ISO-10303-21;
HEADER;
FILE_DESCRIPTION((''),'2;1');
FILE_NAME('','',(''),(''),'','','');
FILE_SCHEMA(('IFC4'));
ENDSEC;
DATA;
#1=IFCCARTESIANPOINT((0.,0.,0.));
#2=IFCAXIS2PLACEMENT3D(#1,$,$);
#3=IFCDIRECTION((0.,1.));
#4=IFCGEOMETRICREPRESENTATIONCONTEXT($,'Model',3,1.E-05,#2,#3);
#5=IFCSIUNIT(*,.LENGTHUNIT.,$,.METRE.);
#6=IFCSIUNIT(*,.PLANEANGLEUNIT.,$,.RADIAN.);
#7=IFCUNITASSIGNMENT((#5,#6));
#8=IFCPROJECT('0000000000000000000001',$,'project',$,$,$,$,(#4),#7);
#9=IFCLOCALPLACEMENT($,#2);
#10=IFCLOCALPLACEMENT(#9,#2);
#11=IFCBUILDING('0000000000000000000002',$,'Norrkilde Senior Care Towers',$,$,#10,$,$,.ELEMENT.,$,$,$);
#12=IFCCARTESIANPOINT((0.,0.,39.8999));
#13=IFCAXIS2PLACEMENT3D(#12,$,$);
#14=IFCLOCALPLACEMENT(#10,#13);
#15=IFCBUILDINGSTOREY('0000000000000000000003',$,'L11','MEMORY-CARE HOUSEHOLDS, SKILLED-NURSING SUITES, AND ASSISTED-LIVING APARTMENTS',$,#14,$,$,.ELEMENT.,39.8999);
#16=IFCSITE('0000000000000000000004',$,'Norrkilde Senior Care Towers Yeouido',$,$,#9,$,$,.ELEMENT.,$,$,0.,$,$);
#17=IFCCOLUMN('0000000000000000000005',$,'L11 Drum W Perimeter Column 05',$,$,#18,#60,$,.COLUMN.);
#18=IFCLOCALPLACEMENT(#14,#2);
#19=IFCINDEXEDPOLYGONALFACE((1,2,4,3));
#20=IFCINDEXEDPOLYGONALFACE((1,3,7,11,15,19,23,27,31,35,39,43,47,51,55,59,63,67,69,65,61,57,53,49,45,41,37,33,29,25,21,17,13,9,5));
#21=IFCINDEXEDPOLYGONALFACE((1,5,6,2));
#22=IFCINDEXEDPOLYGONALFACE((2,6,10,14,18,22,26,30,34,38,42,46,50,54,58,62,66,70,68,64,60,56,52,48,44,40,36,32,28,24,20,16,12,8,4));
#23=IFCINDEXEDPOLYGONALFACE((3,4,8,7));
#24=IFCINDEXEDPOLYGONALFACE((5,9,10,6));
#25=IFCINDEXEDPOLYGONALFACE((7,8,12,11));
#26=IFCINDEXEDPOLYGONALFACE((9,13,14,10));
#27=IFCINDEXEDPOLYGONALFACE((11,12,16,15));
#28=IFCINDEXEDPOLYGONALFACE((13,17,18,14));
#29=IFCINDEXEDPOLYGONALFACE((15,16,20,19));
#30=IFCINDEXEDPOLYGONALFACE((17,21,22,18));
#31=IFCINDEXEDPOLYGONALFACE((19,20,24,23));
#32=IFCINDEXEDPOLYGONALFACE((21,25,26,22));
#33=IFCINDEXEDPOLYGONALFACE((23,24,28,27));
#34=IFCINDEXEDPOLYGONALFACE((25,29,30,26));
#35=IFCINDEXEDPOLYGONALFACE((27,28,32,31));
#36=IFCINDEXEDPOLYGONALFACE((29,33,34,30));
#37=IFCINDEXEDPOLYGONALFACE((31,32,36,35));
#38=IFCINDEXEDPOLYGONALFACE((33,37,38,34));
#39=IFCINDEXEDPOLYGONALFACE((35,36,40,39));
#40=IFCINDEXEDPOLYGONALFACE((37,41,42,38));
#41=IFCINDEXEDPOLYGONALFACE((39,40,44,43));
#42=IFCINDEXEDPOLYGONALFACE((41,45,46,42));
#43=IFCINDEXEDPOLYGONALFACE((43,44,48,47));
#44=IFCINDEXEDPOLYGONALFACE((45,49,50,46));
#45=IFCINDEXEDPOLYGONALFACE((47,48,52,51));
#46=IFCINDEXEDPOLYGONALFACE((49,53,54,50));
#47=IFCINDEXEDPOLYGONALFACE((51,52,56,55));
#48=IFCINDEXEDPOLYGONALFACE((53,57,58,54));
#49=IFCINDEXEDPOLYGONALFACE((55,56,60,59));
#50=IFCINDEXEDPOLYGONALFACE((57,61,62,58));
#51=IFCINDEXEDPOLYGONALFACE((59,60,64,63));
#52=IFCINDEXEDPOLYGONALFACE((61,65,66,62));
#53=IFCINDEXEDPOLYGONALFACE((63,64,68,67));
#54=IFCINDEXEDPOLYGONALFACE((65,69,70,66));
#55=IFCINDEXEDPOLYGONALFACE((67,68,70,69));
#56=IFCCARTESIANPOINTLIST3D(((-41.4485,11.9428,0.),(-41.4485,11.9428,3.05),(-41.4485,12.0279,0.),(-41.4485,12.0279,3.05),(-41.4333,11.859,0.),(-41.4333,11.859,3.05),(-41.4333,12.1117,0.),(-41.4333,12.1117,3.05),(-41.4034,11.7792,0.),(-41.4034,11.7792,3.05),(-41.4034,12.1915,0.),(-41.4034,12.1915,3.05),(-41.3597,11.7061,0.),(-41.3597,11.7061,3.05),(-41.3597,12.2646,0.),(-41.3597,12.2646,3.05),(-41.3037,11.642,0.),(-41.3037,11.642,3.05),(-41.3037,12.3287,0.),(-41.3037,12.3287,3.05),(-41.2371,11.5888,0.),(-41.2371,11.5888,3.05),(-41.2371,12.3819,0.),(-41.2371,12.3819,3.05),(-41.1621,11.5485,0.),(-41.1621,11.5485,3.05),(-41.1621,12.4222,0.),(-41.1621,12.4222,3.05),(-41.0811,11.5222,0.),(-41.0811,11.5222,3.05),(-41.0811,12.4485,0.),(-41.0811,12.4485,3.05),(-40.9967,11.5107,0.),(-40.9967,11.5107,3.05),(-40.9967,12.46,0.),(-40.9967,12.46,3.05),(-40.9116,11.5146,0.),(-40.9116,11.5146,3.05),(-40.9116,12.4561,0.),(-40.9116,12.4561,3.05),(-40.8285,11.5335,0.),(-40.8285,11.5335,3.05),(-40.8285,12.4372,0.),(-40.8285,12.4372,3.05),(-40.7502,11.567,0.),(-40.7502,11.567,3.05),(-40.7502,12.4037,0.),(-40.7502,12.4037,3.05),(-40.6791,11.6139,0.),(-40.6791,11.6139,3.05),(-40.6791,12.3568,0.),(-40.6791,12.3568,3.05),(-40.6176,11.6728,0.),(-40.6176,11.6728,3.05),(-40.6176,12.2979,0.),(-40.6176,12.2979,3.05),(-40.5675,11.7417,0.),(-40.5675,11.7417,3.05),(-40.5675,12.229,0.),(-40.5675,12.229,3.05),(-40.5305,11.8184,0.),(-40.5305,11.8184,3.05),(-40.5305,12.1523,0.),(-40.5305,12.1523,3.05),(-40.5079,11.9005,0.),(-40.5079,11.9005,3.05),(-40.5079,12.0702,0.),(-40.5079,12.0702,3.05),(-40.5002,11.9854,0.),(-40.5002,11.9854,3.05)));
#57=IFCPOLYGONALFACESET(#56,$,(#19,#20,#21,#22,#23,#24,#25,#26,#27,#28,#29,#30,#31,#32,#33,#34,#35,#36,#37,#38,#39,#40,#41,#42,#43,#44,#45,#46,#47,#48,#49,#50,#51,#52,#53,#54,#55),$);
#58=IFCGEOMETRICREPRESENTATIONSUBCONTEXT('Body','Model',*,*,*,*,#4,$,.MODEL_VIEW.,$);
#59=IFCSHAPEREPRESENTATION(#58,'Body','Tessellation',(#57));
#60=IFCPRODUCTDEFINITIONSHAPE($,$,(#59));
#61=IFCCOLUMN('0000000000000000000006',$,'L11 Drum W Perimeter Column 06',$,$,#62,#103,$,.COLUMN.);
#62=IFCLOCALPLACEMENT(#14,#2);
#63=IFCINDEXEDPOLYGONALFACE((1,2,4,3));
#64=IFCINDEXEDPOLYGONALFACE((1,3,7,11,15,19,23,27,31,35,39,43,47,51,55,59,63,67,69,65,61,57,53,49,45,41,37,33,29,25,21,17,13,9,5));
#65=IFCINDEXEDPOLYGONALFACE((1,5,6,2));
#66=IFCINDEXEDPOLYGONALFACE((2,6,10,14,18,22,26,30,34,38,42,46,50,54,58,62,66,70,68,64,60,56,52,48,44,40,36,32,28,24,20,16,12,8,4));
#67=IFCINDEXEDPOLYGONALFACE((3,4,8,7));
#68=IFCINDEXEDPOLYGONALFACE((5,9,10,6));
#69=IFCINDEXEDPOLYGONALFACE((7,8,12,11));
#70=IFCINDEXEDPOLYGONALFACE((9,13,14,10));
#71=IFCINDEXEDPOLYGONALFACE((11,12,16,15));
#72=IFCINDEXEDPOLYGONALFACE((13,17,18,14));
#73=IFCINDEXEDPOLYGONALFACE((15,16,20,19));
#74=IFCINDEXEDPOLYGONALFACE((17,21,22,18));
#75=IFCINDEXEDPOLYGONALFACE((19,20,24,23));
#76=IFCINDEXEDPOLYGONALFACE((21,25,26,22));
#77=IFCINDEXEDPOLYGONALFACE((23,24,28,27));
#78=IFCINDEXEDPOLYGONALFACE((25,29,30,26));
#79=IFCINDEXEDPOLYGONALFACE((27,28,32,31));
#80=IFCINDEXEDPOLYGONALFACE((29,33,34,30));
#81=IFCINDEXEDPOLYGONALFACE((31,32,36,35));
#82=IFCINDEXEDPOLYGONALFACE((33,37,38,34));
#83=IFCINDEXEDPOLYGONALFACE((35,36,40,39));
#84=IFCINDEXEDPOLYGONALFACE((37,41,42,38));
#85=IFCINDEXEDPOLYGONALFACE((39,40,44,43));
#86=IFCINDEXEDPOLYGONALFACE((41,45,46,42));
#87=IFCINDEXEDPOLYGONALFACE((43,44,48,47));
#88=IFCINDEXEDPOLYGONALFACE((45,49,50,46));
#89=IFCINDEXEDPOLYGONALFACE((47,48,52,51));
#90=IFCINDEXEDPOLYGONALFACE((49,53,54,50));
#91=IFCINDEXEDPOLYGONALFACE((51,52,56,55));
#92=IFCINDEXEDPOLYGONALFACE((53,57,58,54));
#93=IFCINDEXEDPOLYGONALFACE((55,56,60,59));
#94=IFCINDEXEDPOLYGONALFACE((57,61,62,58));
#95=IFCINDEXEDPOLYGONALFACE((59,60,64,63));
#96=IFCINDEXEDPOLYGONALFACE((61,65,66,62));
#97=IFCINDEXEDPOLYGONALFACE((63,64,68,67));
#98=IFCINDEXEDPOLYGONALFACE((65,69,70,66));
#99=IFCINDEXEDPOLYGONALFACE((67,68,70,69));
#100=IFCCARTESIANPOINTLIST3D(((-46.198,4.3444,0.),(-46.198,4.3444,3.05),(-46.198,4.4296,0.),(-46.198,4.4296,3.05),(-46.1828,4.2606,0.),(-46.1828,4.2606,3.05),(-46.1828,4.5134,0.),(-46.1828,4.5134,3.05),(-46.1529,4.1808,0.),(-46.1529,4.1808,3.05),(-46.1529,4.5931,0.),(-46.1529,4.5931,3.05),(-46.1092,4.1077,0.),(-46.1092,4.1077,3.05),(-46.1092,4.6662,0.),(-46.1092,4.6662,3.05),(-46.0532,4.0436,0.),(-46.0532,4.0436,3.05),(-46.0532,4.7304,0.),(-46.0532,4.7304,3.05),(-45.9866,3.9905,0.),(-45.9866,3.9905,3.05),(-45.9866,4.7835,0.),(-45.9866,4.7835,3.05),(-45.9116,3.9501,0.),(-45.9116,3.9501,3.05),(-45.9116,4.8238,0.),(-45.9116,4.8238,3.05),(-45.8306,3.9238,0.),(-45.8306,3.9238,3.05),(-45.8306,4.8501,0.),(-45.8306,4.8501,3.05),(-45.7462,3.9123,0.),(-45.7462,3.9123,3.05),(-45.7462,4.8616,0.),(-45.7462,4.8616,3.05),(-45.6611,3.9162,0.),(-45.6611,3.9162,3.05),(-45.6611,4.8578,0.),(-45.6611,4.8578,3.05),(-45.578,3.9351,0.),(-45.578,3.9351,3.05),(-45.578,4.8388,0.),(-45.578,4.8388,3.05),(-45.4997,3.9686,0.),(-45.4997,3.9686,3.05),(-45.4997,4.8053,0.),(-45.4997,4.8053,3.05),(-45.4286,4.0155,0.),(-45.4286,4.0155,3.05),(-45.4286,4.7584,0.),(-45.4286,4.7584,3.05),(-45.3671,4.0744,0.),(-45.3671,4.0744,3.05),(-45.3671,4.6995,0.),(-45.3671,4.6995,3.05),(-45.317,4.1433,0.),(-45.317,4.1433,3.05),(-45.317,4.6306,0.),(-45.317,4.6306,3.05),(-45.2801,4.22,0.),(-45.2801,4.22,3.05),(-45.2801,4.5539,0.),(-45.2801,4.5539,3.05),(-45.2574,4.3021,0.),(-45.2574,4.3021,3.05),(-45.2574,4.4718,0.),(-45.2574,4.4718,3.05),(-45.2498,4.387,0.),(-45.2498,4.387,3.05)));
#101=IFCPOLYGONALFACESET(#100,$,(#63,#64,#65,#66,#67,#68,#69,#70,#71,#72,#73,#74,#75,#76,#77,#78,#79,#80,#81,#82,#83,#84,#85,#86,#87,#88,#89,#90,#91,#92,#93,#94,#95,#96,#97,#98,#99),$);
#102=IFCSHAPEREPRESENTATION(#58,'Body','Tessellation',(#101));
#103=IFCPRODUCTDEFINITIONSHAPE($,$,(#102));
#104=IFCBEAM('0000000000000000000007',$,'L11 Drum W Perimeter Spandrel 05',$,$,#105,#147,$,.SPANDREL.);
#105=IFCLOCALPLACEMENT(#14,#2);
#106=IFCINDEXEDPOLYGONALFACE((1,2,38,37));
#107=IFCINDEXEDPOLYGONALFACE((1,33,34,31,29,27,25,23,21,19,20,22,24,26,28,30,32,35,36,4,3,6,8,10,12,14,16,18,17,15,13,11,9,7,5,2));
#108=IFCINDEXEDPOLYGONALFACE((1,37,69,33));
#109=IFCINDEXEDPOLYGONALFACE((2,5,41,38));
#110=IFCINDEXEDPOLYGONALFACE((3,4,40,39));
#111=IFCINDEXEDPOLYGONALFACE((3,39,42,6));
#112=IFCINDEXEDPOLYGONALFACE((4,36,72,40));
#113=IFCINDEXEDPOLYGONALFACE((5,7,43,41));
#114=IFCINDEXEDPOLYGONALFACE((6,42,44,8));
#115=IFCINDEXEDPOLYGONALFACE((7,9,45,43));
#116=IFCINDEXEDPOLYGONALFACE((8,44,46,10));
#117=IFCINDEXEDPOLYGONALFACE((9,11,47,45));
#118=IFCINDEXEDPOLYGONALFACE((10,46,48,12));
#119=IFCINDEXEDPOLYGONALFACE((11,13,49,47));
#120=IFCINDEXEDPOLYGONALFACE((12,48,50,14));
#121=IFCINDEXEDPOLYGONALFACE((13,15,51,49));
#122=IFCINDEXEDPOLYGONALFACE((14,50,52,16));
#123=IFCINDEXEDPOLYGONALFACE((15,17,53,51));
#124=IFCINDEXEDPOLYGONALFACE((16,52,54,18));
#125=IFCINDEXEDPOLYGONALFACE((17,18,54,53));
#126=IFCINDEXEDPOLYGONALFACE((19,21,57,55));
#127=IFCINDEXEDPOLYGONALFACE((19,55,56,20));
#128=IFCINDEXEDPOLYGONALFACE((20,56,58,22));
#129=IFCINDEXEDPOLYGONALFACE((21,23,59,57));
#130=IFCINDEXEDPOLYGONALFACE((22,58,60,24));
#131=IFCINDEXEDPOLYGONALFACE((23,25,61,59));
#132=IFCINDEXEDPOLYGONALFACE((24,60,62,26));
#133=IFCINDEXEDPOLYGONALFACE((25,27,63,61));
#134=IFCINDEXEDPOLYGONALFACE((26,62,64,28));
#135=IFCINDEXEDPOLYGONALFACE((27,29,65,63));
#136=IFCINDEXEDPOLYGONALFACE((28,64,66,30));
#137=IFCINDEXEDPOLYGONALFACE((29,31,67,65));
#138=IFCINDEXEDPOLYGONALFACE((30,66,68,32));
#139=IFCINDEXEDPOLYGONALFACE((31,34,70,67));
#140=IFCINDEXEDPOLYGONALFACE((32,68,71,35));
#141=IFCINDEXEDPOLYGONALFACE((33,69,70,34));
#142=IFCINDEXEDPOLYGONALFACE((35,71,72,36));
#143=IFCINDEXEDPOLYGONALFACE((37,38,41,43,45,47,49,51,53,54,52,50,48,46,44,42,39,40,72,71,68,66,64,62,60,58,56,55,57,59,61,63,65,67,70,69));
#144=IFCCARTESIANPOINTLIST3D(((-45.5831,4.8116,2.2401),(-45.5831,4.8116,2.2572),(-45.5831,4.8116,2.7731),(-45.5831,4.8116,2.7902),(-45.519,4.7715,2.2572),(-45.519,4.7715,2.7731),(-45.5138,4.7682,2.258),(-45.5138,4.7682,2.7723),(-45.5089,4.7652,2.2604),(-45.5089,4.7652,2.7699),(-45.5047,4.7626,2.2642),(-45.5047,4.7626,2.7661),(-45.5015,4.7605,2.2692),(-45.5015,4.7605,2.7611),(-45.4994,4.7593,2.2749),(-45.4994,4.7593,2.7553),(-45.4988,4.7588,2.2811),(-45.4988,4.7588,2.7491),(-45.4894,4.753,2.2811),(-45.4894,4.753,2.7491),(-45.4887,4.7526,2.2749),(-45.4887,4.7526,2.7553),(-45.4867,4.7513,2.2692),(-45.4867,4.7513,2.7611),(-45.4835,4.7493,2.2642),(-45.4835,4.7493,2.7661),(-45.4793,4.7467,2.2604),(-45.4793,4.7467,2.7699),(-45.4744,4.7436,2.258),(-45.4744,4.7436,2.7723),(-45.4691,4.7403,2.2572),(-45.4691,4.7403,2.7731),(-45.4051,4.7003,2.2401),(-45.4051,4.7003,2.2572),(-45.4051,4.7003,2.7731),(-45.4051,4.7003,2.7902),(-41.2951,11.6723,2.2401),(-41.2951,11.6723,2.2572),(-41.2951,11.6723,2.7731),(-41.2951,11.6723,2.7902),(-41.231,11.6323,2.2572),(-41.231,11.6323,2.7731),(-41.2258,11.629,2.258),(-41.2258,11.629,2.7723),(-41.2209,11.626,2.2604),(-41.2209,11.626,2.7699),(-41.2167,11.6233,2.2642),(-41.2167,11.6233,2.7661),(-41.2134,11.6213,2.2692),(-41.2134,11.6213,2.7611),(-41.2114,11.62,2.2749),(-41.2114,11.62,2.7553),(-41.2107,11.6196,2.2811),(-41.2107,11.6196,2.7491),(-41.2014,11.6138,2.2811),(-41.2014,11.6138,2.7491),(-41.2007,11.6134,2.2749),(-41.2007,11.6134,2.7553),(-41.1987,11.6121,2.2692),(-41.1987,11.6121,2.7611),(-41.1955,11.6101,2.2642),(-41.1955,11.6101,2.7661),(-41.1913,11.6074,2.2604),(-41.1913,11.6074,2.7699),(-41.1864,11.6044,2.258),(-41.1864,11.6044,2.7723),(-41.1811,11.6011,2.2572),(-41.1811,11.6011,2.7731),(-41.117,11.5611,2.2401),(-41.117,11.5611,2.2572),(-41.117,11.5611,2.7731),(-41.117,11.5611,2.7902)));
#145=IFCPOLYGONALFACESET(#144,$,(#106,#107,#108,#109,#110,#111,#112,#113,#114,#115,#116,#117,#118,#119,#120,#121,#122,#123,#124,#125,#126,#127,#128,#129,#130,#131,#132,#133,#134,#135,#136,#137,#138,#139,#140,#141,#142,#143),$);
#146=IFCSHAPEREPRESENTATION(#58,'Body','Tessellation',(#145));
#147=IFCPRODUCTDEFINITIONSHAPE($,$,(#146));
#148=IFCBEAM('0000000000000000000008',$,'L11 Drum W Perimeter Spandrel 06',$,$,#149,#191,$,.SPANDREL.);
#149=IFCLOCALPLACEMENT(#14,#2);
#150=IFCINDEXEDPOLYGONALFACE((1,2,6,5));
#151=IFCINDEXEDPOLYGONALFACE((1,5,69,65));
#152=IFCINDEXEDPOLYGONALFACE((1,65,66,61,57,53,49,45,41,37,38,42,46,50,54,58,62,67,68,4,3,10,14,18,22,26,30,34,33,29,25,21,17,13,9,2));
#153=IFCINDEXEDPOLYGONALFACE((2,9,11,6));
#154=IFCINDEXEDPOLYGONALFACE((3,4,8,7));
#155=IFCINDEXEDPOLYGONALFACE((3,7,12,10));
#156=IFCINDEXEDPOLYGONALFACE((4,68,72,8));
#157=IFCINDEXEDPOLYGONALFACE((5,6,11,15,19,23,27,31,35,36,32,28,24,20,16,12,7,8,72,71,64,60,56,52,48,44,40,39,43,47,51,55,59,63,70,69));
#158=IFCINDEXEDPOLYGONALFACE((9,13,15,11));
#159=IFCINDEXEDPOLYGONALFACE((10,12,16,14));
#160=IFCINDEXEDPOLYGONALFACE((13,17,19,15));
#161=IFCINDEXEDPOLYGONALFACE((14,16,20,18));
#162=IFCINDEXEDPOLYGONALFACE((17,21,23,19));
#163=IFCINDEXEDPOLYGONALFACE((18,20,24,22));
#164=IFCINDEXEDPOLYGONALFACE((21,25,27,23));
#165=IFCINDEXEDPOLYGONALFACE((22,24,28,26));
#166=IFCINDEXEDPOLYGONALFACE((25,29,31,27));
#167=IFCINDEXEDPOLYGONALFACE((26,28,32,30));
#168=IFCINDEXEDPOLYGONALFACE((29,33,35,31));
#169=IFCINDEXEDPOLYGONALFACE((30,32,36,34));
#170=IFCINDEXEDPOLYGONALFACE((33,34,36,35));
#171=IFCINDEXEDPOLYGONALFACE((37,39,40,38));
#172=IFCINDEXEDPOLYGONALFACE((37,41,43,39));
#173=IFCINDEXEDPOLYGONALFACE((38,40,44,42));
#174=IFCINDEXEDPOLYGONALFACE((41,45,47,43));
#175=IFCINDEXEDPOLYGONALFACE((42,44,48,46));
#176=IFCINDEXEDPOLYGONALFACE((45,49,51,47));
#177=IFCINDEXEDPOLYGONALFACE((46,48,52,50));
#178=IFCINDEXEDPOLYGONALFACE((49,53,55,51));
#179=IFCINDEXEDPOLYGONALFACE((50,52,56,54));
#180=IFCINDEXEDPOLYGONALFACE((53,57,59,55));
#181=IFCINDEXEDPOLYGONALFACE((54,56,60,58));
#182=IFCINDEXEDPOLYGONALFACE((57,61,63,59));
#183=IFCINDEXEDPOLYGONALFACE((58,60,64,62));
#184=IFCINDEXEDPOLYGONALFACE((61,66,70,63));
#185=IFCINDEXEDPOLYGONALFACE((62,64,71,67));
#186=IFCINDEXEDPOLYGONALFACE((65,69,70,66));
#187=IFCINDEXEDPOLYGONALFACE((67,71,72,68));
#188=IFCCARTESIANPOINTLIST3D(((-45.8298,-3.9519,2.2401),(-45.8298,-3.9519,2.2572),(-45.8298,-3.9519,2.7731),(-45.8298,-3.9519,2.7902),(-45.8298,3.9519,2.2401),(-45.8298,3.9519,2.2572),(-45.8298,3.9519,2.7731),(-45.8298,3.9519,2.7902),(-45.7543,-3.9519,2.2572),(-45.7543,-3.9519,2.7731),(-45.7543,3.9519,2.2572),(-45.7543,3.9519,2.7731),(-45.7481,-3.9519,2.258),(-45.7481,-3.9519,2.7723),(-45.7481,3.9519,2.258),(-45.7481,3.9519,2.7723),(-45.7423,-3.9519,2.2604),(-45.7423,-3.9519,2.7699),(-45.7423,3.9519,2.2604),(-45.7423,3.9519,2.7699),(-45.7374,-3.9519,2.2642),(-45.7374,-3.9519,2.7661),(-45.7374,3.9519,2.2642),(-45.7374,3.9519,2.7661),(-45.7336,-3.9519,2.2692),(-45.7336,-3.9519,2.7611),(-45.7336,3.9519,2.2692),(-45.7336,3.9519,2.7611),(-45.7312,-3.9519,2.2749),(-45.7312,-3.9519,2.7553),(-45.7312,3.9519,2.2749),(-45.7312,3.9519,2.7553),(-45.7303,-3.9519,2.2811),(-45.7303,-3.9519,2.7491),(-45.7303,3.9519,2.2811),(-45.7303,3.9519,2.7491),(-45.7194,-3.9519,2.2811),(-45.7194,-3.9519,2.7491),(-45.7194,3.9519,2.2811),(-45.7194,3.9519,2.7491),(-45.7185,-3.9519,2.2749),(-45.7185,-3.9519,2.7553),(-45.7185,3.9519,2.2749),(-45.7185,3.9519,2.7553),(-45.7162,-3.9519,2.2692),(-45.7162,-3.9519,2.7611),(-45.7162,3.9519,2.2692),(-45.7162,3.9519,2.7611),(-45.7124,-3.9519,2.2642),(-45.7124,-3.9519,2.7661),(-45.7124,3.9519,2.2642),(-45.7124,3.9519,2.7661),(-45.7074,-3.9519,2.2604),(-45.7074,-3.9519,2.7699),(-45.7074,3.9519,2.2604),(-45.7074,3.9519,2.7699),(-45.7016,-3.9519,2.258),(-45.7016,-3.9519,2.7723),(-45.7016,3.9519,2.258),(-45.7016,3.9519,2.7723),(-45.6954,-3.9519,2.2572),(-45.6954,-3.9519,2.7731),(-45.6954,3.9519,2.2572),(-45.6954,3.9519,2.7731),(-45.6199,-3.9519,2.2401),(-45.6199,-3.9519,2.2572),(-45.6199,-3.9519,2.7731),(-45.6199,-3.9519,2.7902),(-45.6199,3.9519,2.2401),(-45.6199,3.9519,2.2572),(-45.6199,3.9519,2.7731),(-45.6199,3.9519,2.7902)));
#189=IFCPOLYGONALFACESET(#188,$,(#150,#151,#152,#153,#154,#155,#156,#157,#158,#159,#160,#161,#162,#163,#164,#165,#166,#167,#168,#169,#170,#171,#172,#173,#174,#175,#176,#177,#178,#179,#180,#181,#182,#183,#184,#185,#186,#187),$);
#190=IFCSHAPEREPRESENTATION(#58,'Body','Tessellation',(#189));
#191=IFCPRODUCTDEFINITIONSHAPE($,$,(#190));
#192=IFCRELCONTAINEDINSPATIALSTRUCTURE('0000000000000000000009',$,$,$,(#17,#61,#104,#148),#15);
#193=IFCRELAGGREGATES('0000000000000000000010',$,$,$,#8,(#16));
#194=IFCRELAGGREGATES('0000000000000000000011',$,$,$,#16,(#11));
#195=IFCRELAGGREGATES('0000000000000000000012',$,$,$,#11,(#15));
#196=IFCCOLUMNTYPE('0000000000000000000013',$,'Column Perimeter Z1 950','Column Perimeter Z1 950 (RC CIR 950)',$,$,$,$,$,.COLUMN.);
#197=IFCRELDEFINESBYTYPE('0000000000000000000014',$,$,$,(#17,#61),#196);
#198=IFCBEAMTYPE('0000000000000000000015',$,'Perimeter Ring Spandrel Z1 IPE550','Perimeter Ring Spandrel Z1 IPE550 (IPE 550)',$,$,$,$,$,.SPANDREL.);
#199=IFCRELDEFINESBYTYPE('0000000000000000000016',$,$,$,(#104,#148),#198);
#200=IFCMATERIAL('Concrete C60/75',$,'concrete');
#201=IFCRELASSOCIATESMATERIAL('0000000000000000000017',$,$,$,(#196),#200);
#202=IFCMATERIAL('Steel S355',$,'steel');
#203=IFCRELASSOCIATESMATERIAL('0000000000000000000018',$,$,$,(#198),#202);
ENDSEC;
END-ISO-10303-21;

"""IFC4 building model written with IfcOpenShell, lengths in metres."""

from ifc_helpers import new_model, si_unit, direction, frame, origin, origin_2d, place, context, subcontext, project, spatial, circle, i_section, extrude, source, transform, mapped, material, material_profile, profile_set, type_object, type_shapes, element, save


model = new_model("IFC4")

# Units and contexts
model_context = context("Model", 3, precision=1e-05, world=origin(), true_north=direction((0.0, 1.0)))
body_context = subcontext(model_context, "Body", "Model", "MODEL_VIEW")
ifc_project = project(units=[si_unit("LENGTHUNIT", "METRE"), si_unit("PLANEANGLEUNIT", "RADIAN")], contexts=[model_context])

# Site, building, storey
site_placement = place(None, origin())
site = spatial("IfcSite", under=ifc_project, at=site_placement, Name="Norrkilde Senior Care Towers Yeouido", CompositionType="ELEMENT", RefElevation=0.0)
building_placement = place(site_placement, origin())
building = spatial("IfcBuilding", under=site, at=building_placement, Name="Norrkilde Senior Care Towers", CompositionType="ELEMENT")
storey_placement = place(building_placement, frame((0.0, 0.0, 39.8999)))
storey = spatial("IfcBuildingStorey", under=building, at=storey_placement, Name="L11", Description="MEMORY-CARE HOUSEHOLDS, SKILLED-NURSING SUITES, AND ASSISTED-LIVING APARTMENTS", CompositionType="ELEMENT", Elevation=39.8999)

# Columns
ifc_material_1 = material(Name="Concrete C60/75", Category="concrete")
ifc_material_profile_1 = material_profile(ifc_material_1, circle(Radius=0.4751, at=origin_2d()), Name="RC CIR 950")
ifc_profile_set_1 = profile_set([ifc_material_profile_1], Name="Concrete C60/75")
column_type = type_object("IfcColumnType", Name="Column Perimeter Z1 950", Description="Column Perimeter Z1 950 (RC CIR 950)", PredefinedType="COLUMN", material=ifc_profile_set_1)
shared_shape_1 = source(origin(), body_context, "Body", "SweptSolid", [
    extrude(circle(Radius=0.4751, at=origin_2d()), origin(), (0.0, 0.0, 1.0), 3.05),
])
type_shapes(column_type, [shared_shape_1])
for number, where, z_axis, x_axis, name in (
    (1, (-40.9753, 11.9854, 0.0), (0.0, 0.0, 1.0), (1.0, 0.0, 0.0), "L11 Drum W Perimeter Column 05"),
    (2, (-45.7249, 4.387, 0.0), (0.0, 0.0, 1.0), (1.0, 0.0, 0.0), "L11 Drum W Perimeter Column 06"),
):
    element("IfcColumn", number, at=place(storey_placement, frame(where, z_axis=z_axis, x_axis=x_axis)), inside=storey, type_object=column_type, Name=name, PredefinedType="COLUMN", context=body_context, shape_type="MappedRepresentation", body=[
        mapped(shared_shape_1, transform((0.0, 0.0, 0.0), x_axis=(1.0, 0.0, 0.0), y_axis=(0.0, 1.0, 0.0), z_axis=(0.0, 0.0, 1.0), scale=1.0)),
    ])

# Beams
ifc_material_2 = material(Name="Steel S355", Category="steel")
ifc_material_profile_2 = material_profile(ifc_material_2, i_section(OverallWidth=0.21, OverallDepth=0.55, WebThickness=0.011, FlangeThickness=0.0171, FilletRadius=0.0239, at=origin_2d()), Name="IPE 550")
ifc_profile_set_2 = profile_set([ifc_material_profile_2], Name="Steel S355")
beam_type_1 = type_object("IfcBeamType", Name="Perimeter Ring Spandrel Z1 IPE550", Description="Perimeter Ring Spandrel Z1 IPE550 (IPE 550)", PredefinedType="SPANDREL", material=ifc_profile_set_2)
shared_shape_2 = source(origin(), body_context, "Body", "SweptSolid", [
    extrude(i_section(OverallWidth=0.21, OverallDepth=0.55, WebThickness=0.011, FlangeThickness=0.0171, FilletRadius=0.0239, at=origin_2d()), origin(), (0.0, 0.0, 1.0), 8.0906),
])
beam_1_placement = place(storey_placement, frame((-41.2061, 11.6167, 2.5151), z_axis=(-0.530004, -0.847995, 0.0), x_axis=(0.847995, -0.530004, 0.0)))
element("IfcBeam", 3, at=beam_1_placement, inside=storey, type_object=beam_type_1, Name="L11 Drum W Perimeter Spandrel 05", PredefinedType="SPANDREL", context=body_context, shape_type="MappedRepresentation", body=[
    mapped(shared_shape_2, transform((0.0, 0.0, 0.0), x_axis=(1.0, 0.0, 0.0), y_axis=(0.0, 1.0, 0.0), z_axis=(0.0, 0.0, 1.0), scale=1.0)),
])
shared_shape_3 = source(origin(), body_context, "Body", "SweptSolid", [
    extrude(i_section(OverallWidth=0.21, OverallDepth=0.55, WebThickness=0.011, FlangeThickness=0.0171, FilletRadius=0.0239, at=origin_2d()), origin(), (0.0, 0.0, 1.0), 7.9038),
])
type_shapes(beam_type_1, [shared_shape_2, shared_shape_3])
beam_2_placement = place(storey_placement, frame((-45.7249, 3.9519, 2.5151), z_axis=(0.0, -1.0, 0.0), x_axis=(1.0, 0.0, 0.0)))
element("IfcBeam", 4, at=beam_2_placement, inside=storey, type_object=beam_type_1, Name="L11 Drum W Perimeter Spandrel 06", PredefinedType="SPANDREL", context=body_context, shape_type="MappedRepresentation", body=[
    mapped(shared_shape_3, transform((0.0, 0.0, 0.0), x_axis=(1.0, 0.0, 0.0), y_axis=(0.0, 1.0, 0.0), z_axis=(0.0, 0.0, 1.0), scale=1.0)),
])

save(model, "model.ifc")
